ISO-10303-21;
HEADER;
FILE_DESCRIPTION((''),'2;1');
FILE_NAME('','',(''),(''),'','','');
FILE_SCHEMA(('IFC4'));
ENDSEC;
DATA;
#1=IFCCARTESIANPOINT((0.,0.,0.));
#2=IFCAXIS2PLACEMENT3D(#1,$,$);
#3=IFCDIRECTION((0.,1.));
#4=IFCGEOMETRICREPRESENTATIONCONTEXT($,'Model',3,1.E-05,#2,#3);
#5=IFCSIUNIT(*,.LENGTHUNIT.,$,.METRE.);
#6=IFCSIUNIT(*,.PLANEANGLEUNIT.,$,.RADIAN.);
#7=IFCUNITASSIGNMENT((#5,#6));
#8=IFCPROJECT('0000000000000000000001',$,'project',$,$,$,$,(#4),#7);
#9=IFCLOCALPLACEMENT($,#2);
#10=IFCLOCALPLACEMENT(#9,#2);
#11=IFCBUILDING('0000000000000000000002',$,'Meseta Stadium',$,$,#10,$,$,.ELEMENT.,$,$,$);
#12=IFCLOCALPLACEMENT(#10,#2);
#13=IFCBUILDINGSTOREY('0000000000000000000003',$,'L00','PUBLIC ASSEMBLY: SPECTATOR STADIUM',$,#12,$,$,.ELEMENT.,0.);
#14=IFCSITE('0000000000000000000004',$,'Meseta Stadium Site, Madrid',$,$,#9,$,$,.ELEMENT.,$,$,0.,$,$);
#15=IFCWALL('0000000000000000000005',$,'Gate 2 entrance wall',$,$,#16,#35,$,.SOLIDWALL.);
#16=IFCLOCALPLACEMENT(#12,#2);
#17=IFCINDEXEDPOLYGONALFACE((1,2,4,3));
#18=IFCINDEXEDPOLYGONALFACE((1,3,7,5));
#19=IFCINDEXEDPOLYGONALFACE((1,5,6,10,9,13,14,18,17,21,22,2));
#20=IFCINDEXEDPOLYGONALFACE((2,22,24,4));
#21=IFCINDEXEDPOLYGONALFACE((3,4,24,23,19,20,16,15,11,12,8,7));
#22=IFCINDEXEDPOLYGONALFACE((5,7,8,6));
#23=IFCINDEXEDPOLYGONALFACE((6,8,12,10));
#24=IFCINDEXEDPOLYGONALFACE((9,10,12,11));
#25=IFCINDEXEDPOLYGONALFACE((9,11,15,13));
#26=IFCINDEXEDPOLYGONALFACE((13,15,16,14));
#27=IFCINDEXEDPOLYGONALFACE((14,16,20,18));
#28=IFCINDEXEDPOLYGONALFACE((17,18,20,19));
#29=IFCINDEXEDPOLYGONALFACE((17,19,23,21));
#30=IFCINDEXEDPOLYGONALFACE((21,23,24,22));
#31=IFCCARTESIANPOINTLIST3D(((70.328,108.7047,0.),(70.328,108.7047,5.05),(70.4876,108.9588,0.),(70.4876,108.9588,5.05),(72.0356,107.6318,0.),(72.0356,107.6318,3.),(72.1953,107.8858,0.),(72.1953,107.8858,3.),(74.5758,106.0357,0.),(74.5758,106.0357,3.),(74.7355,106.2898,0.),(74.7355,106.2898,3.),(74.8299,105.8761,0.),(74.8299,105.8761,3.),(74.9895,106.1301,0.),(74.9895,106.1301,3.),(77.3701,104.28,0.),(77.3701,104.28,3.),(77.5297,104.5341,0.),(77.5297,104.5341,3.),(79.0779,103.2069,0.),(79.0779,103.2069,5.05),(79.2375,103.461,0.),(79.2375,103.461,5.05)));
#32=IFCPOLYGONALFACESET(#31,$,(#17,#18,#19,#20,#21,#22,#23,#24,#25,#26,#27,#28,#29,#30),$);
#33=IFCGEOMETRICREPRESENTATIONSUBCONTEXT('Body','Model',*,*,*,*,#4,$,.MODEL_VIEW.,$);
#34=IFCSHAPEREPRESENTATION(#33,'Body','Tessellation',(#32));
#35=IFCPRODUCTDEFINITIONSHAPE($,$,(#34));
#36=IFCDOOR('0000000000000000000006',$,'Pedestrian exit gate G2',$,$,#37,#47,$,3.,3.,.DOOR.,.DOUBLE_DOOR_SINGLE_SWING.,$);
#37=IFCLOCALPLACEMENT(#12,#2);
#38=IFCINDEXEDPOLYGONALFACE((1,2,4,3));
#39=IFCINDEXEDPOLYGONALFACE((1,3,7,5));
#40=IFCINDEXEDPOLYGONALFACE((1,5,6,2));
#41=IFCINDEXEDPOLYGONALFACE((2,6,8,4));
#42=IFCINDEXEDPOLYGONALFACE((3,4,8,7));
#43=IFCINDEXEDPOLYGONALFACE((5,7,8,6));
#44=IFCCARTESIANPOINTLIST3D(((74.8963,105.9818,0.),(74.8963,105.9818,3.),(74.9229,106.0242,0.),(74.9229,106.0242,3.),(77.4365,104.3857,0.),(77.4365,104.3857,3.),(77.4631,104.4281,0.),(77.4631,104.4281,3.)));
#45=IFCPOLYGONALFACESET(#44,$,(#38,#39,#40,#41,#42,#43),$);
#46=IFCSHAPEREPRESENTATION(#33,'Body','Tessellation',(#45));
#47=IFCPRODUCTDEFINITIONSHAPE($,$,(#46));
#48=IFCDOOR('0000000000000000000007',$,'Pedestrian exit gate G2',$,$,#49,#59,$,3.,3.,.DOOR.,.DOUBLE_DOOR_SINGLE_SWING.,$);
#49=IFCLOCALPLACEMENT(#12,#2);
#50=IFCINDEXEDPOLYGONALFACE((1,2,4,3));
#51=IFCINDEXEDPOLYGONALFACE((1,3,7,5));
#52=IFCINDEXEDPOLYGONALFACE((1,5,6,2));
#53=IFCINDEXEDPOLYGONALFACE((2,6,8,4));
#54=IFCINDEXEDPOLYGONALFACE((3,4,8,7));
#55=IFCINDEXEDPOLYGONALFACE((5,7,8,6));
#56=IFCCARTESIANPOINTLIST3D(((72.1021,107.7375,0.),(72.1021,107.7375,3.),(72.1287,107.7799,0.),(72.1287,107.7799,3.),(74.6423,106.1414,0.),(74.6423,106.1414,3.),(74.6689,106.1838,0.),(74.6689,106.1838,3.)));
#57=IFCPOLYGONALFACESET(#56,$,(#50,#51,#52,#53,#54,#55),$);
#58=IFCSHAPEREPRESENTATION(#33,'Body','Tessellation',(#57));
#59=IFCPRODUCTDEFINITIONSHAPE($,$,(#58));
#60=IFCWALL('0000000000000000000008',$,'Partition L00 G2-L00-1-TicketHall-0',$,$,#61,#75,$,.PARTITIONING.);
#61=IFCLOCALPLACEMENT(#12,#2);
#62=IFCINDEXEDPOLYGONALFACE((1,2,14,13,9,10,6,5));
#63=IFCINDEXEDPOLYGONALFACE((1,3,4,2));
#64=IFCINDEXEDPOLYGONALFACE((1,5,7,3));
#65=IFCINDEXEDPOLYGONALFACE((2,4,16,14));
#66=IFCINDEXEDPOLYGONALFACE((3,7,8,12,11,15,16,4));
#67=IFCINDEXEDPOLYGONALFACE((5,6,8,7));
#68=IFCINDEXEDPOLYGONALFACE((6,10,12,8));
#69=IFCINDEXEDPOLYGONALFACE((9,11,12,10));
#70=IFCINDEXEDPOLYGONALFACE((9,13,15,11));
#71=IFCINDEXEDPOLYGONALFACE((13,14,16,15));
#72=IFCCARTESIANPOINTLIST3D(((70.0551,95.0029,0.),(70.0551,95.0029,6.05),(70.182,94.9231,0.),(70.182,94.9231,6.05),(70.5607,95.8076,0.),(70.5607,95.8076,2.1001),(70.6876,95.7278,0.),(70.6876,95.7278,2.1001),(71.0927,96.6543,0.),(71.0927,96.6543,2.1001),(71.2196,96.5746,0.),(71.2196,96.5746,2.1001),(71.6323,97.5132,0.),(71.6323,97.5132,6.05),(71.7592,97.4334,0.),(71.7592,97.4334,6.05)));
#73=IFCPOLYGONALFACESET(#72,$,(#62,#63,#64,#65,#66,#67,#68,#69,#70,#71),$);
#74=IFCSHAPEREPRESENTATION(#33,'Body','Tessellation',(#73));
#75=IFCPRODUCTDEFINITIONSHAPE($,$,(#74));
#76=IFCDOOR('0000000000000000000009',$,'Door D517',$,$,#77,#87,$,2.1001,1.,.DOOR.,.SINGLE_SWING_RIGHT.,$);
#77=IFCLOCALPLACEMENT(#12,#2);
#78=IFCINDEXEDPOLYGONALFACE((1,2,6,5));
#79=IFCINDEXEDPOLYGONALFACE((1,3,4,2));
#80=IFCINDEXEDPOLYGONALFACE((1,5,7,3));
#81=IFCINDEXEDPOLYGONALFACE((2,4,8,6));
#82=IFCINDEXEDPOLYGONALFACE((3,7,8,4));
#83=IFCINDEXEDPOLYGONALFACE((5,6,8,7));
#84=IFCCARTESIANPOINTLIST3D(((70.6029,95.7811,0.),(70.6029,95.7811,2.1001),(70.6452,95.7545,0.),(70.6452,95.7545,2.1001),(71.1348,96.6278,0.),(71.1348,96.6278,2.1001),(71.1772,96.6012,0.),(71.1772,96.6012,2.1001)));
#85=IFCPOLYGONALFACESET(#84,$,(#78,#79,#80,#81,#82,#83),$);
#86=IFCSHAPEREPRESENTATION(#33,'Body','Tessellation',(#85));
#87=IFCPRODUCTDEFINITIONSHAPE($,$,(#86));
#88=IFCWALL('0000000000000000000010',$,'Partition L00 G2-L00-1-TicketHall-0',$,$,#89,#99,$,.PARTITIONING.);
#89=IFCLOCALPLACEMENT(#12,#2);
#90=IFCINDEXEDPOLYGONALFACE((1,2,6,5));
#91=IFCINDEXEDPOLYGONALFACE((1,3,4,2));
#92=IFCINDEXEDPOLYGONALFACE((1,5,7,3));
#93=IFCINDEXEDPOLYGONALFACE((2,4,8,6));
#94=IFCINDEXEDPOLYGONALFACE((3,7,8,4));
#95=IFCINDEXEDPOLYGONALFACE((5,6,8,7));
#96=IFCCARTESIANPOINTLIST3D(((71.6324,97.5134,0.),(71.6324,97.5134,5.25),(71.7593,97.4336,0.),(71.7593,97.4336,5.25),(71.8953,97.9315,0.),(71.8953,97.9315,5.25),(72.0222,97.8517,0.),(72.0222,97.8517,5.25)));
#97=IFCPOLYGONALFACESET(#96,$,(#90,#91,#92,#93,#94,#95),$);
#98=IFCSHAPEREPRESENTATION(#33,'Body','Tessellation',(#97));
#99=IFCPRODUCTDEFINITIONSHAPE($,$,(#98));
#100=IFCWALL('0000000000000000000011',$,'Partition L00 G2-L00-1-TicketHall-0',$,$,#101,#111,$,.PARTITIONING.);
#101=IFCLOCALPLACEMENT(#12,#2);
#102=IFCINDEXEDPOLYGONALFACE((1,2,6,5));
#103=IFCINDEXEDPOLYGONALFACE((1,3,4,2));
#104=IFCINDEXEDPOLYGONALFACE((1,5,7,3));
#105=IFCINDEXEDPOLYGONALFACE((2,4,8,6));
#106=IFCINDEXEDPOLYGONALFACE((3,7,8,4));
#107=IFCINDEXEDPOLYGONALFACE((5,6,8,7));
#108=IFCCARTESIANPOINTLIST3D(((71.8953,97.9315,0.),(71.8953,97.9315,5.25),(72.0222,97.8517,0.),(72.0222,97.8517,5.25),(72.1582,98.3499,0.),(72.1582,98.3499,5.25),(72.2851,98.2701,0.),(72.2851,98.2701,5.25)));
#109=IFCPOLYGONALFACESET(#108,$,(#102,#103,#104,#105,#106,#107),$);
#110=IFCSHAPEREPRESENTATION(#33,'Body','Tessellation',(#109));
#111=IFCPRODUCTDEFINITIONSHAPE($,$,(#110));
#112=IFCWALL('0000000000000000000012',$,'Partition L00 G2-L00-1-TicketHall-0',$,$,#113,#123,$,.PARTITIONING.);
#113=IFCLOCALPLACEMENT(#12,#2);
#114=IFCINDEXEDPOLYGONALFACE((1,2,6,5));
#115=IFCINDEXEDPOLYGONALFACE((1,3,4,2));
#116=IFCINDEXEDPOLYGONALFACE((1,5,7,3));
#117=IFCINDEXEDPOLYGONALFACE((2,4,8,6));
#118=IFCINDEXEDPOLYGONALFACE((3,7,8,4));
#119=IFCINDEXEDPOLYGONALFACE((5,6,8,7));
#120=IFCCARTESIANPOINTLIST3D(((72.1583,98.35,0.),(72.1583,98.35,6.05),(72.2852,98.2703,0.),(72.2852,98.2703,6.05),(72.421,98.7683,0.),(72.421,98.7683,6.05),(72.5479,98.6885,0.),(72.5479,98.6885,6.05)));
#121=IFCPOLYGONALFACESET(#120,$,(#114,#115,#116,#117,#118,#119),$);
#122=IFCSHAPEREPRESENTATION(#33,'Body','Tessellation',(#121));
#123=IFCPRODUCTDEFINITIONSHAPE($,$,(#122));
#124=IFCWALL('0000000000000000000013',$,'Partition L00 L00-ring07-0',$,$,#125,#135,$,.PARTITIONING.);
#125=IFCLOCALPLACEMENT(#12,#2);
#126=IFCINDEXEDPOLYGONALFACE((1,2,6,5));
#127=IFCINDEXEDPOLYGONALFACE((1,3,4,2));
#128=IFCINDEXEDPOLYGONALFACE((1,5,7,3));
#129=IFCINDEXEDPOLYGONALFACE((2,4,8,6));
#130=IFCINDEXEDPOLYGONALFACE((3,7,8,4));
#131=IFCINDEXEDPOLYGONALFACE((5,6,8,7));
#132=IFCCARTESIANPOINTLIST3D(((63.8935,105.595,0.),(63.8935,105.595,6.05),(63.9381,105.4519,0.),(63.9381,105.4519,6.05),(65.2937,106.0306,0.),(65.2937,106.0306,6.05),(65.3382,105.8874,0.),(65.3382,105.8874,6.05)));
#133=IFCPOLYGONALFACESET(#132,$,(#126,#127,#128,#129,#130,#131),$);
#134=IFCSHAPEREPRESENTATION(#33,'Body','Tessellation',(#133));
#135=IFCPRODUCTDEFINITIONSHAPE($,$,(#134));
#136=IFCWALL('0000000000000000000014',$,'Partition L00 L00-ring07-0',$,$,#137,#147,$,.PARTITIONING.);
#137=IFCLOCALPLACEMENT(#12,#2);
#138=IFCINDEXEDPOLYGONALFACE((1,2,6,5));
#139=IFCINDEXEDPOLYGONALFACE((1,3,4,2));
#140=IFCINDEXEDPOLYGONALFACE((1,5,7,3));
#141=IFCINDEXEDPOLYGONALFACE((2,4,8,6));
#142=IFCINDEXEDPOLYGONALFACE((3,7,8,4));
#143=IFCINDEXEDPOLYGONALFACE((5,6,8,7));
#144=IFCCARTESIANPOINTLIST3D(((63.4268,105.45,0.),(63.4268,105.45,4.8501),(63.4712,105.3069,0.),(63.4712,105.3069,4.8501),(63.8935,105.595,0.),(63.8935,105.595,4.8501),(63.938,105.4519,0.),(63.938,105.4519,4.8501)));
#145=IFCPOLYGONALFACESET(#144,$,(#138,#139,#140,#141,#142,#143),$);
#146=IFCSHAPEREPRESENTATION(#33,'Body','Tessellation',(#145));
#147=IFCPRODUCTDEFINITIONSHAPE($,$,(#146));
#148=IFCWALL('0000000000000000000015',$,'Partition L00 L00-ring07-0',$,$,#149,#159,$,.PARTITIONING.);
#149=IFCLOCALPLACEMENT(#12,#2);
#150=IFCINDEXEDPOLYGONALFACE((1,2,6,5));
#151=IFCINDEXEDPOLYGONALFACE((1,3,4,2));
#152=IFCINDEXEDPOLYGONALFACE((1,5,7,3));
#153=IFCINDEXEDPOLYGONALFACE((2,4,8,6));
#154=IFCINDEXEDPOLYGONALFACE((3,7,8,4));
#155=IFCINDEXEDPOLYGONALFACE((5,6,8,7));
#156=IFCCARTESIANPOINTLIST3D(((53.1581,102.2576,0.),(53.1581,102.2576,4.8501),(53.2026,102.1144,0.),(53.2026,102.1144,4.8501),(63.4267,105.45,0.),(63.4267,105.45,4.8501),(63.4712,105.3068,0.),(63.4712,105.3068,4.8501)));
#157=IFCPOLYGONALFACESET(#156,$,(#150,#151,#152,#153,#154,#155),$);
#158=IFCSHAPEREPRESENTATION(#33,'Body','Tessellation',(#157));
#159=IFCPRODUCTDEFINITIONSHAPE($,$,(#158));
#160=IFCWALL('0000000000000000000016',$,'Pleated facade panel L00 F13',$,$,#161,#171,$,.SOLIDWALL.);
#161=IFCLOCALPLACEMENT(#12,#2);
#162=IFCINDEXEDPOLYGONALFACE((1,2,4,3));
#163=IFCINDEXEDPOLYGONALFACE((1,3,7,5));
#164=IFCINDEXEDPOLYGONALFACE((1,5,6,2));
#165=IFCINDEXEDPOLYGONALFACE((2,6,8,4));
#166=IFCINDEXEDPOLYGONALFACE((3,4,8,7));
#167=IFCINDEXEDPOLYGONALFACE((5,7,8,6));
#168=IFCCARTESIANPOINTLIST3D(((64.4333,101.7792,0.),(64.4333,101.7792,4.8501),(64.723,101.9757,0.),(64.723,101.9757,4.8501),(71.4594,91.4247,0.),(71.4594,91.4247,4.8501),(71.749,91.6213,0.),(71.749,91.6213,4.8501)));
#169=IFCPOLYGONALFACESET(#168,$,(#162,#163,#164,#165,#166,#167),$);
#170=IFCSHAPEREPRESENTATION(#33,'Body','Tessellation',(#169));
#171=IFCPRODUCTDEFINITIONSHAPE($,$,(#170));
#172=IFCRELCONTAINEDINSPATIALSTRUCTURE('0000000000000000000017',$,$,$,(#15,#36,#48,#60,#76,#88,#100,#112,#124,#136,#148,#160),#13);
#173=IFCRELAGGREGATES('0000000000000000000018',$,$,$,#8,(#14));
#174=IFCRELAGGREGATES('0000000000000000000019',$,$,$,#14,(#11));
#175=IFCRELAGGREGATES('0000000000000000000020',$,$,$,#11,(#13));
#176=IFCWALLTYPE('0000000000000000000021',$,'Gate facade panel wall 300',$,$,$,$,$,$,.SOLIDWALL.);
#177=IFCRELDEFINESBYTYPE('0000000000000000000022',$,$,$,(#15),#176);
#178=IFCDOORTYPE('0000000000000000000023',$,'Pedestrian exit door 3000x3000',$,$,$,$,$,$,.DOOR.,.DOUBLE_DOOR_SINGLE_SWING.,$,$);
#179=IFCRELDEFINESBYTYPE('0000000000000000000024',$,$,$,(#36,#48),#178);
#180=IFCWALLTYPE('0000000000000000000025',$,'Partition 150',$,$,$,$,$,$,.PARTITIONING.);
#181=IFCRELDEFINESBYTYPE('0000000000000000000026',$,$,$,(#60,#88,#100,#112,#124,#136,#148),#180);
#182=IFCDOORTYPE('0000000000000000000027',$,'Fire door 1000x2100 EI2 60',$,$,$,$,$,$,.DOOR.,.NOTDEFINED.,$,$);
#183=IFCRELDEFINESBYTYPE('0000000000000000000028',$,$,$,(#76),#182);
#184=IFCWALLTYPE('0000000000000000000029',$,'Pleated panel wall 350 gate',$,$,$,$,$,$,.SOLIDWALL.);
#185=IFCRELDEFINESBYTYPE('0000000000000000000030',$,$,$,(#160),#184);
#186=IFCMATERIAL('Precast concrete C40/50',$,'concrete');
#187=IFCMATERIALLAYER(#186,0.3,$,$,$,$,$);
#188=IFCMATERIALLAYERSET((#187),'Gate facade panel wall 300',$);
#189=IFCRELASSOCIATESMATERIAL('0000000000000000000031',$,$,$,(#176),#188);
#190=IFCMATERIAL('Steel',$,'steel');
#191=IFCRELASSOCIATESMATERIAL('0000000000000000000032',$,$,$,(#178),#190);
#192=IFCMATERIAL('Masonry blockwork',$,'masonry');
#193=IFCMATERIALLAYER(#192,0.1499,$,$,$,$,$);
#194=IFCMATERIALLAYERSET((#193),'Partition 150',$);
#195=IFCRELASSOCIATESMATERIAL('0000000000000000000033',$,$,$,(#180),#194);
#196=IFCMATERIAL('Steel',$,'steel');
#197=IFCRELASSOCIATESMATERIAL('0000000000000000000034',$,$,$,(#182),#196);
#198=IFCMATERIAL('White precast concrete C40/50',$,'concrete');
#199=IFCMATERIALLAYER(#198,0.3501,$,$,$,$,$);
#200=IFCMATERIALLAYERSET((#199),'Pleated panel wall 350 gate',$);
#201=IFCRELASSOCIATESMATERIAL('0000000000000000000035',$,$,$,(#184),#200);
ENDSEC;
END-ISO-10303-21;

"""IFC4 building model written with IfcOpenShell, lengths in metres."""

from ifc_helpers import new_model, si_unit, direction, frame, frame_2d, origin, place, context, subcontext, project, spatial, rectangle, extrude, material, layer, layer_set, type_object, element, fill, save


model = new_model("IFC4")

# Units and contexts
model_context = context("Model", 3, precision=1e-05, world=origin(), true_north=direction((0.0, 1.0)))
body_context = subcontext(model_context, "Body", "Model", "MODEL_VIEW")
ifc_project = project(units=[si_unit("LENGTHUNIT", "METRE"), si_unit("PLANEANGLEUNIT", "RADIAN")], contexts=[model_context])

# Site, building, storey
site_placement = place(None, origin())
site = spatial("IfcSite", under=ifc_project, at=site_placement, Name="Meseta Stadium Site, Madrid", CompositionType="ELEMENT", RefElevation=0.0)
building_placement = place(site_placement, origin())
building = spatial("IfcBuilding", under=site, at=building_placement, Name="Meseta Stadium", CompositionType="ELEMENT")
storey_placement = place(building_placement, origin())
storey = spatial("IfcBuildingStorey", under=building, at=storey_placement, Name="L00", Description="PUBLIC ASSEMBLY: SPECTATOR STADIUM", CompositionType="ELEMENT", Elevation=0.0)

# Wall, openings, doors
ifc_material_1 = material(Name="Precast concrete C40/50", Category="concrete")
ifc_layer_1 = layer(ifc_material_1, 0.3)
ifc_layer_set_1 = layer_set([ifc_layer_1], Name="Gate facade panel wall 300")
wall_type_1 = type_object("IfcWallType", Name="Gate facade panel wall 300", PredefinedType="SOLIDWALL", material=ifc_layer_set_1)
wall_1_placement = place(storey_placement, frame((70.4077, 108.8318, 0.0), z_axis=(0.0, 0.0, 1.0), x_axis=(0.846732, -0.532019, 0.0)))
wall_1 = element("IfcWall", 1, at=wall_1_placement, inside=storey, type_object=wall_type_1, Name="Gate 2 entrance wall", PredefinedType="SOLIDWALL", context=body_context, shape_type="SweptSolid", body=[
    extrude(rectangle(XDim=10.3337, YDim=0.3, at=frame_2d((5.167, 0.0))), origin(), (0.0, 0.0, 1.0), 5.05),
])
opening_1_placement = place(wall_1_placement, frame((5.3169, 0.0, 0.0)))
opening_1 = element("IfcOpeningElement", 2, at=opening_1_placement, cuts=wall_1, PredefinedType="OPENING", context=body_context, shape_type="SweptSolid", body=[
    extrude(rectangle(XDim=3.0, YDim=3.0, at=frame_2d((1.5, 1.5))), frame((0.0, 0.1599, 0.0), z_axis=(0.0, -1.0, 0.0), x_axis=(1.0, 0.0, 0.0)), (0.0, 0.0, 1.0), 0.3201),
])
opening_2_placement = place(wall_1_placement, frame((2.0168, 0.0, 0.0)))
opening_2 = element("IfcOpeningElement", 3, at=opening_2_placement, cuts=wall_1, PredefinedType="OPENING", context=body_context, shape_type="SweptSolid", body=[
    extrude(rectangle(XDim=3.0, YDim=3.0, at=frame_2d((1.5, 1.5))), frame((0.0, 0.1599, 0.0), z_axis=(0.0, -1.0, 0.0), x_axis=(1.0, 0.0, 0.0)), (0.0, 0.0, 1.0), 0.3201),
])
ifc_material_2 = material(Name="Steel", Category="steel")
door_type_1 = type_object("IfcDoorType", Name="Pedestrian exit door 3000x3000", OperationType="DOUBLE_DOOR_SINGLE_SWING", PredefinedType="DOOR", material=ifc_material_2)
door_1_placement = place(opening_1_placement, origin())
door_1 = element("IfcDoor", 4, at=door_1_placement, inside=storey, type_object=door_type_1, Name="Pedestrian exit gate G2", OperationType="DOUBLE_DOOR_SINGLE_SWING", OverallHeight=3.0, OverallWidth=3.0, PredefinedType="DOOR", context=body_context, shape_type="SweptSolid", body=[
    extrude(rectangle(XDim=3.0, YDim=3.0, at=frame_2d((1.5, 1.5))), frame((0.0, 0.0249, 0.0), z_axis=(0.0, -1.0, 0.0), x_axis=(1.0, 0.0, 0.0)), (0.0, 0.0, 1.0), 0.05),
])
fill(opening_1, door_1)
door_2_placement = place(opening_2_placement, origin())
door_2 = element("IfcDoor", 5, at=door_2_placement, inside=storey, type_object=door_type_1, Name="Pedestrian exit gate G2", OperationType="DOUBLE_DOOR_SINGLE_SWING", OverallHeight=3.0, OverallWidth=3.0, PredefinedType="DOOR", context=body_context, shape_type="SweptSolid", body=[
    extrude(rectangle(XDim=3.0, YDim=3.0, at=frame_2d((1.5, 1.5))), frame((0.0, 0.0249, 0.0), z_axis=(0.0, -1.0, 0.0), x_axis=(1.0, 0.0, 0.0)), (0.0, 0.0, 1.0), 0.05),
])
fill(opening_2, door_2)

# Wall, opening, door
ifc_material_3 = material(Name="Masonry blockwork", Category="masonry")
ifc_layer_2 = layer(ifc_material_3, 0.1499)
ifc_layer_set_2 = layer_set([ifc_layer_2], Name="Partition 150")
wall_type_2 = type_object("IfcWallType", Name="Partition 150", PredefinedType="PARTITIONING", material=ifc_layer_set_2)
wall_2_placement = place(storey_placement, frame((71.6958, 97.4734, 0.0), z_axis=(0.0, 0.0, 1.0), x_axis=(-0.531996, -0.846747, 0.0)))
wall_2 = element("IfcWall", 6, at=wall_2_placement, inside=storey, type_object=wall_type_2, Name="Partition L00 G2-L00-1-TicketHall-0", PredefinedType="PARTITIONING", context=body_context, shape_type="SweptSolid", body=[
    extrude(rectangle(XDim=2.9646, YDim=0.1499, at=frame_2d((1.4824, 0.0))), origin(), (0.0, 0.0, 1.0), 6.05),
])
opening_3_placement = place(wall_2_placement, frame((1.0144, 0.0, 0.0)))
opening_3 = element("IfcOpeningElement", 7, at=opening_3_placement, cuts=wall_2, PredefinedType="OPENING", context=body_context, shape_type="SweptSolid", body=[
    extrude(rectangle(XDim=1.0, YDim=2.1001, at=frame_2d((0.5, 1.05))), frame((0.0, 0.085, 0.0), z_axis=(0.0, -1.0, 0.0), x_axis=(1.0, 0.0, 0.0)), (0.0, 0.0, 1.0), 0.1699),
])
ifc_material_4 = material(Name="Steel", Category="steel")
door_type_2 = type_object("IfcDoorType", Name="Fire door 1000x2100 EI2 60", OperationType="NOTDEFINED", PredefinedType="DOOR", material=ifc_material_4)
door_3_placement = place(opening_3_placement, origin())
door_3 = element("IfcDoor", 8, at=door_3_placement, inside=storey, type_object=door_type_2, Name="Door D517", OperationType="SINGLE_SWING_RIGHT", OverallHeight=2.1001, OverallWidth=1.0, PredefinedType="DOOR", context=body_context, shape_type="SweptSolid", body=[
    extrude(rectangle(XDim=1.0, YDim=2.1001, at=frame_2d((0.5, 1.05))), frame((0.0, 0.0249, 0.0), z_axis=(0.0, -1.0, 0.0), x_axis=(1.0, 0.0, 0.0)), (0.0, 0.0, 1.0), 0.05),
])
fill(opening_3, door_3)

# Walls
wall_3_placement = place(storey_placement, frame((71.6958, 97.4734, 0.0), z_axis=(0.0, 0.0, 1.0), x_axis=(0.532263, 0.846579, 0.0)))
element("IfcWall", 9, at=wall_3_placement, inside=storey, type_object=wall_type_2, Name="Partition L00 G2-L00-1-TicketHall-0", PredefinedType="PARTITIONING", context=body_context, shape_type="SweptSolid", body=[
    extrude(rectangle(XDim=0.4939, YDim=0.1499, at=frame_2d((0.2471, 0.0))), origin(), (0.0, 0.0, 1.0), 5.25),
])
wall_4_placement = place(storey_placement, frame((71.9587, 97.8916, 0.0), z_axis=(0.0, 0.0, 1.0), x_axis=(0.53204, 0.846719, 0.0)))
element("IfcWall", 10, at=wall_4_placement, inside=storey, type_object=wall_type_2, Name="Partition L00 G2-L00-1-TicketHall-0", PredefinedType="PARTITIONING", context=body_context, shape_type="SweptSolid", body=[
    extrude(rectangle(XDim=0.4941, YDim=0.1499, at=frame_2d((0.2471, 0.0))), origin(), (0.0, 0.0, 1.0), 5.25),
])
wall_5_placement = place(storey_placement, frame((72.2217, 98.3101, 0.0), z_axis=(0.0, 0.0, 1.0), x_axis=(0.531908, 0.846802, 0.0)))
element("IfcWall", 11, at=wall_5_placement, inside=storey, type_object=wall_type_2, Name="Partition L00 G2-L00-1-TicketHall-0", PredefinedType="PARTITIONING", context=body_context, shape_type="SweptSolid", body=[
    extrude(rectangle(XDim=0.4939, YDim=0.1499, at=frame_2d((0.2471, 0.0))), origin(), (0.0, 0.0, 1.0), 6.05),
])
wall_6_placement = place(storey_placement, frame((65.3159, 105.959, 0.0), z_axis=(0.0, 0.0, 1.0), x_axis=(-0.954867, -0.297033, 0.0)))
element("IfcWall", 12, at=wall_6_placement, inside=storey, type_object=wall_type_2, Name="Partition L00 L00-ring07-0", PredefinedType="PARTITIONING", context=body_context, shape_type="SweptSolid", body=[
    extrude(rectangle(XDim=1.4663, YDim=0.1499, at=frame_2d((0.7332, 0.0))), origin(), (0.0, 0.0, 1.0), 6.05),
])
wall_7_placement = place(storey_placement, frame((63.9158, 105.5234, 0.0), z_axis=(0.0, 0.0, 1.0), x_axis=(-0.954976, -0.296682, 0.0)))
element("IfcWall", 13, at=wall_7_placement, inside=storey, type_object=wall_type_2, Name="Partition L00 L00-ring07-0", PredefinedType="PARTITIONING", context=body_context, shape_type="SweptSolid", body=[
    extrude(rectangle(XDim=0.4888, YDim=0.1499, at=frame_2d((0.2444, 0.0))), origin(), (0.0, 0.0, 1.0), 4.8501),
])
wall_8_placement = place(storey_placement, frame((63.449, 105.3784, 0.0), z_axis=(0.0, 0.0, 1.0), x_axis=(-0.954917, -0.296873, 0.0)))
element("IfcWall", 14, at=wall_8_placement, inside=storey, type_object=wall_type_2, Name="Partition L00 L00-ring07-0", PredefinedType="PARTITIONING", context=body_context, shape_type="SweptSolid", body=[
    extrude(rectangle(XDim=10.7534, YDim=0.1499, at=frame_2d((5.3767, 0.0))), origin(), (0.0, 0.0, 1.0), 4.8501),
])
ifc_material_5 = material(Name="White precast concrete C40/50", Category="concrete")
ifc_layer_3 = layer(ifc_material_5, 0.3501)
ifc_layer_set_3 = layer_set([ifc_layer_3], Name="Pleated panel wall 350 gate")
wall_type_3 = type_object("IfcWallType", Name="Pleated panel wall 350 gate", PredefinedType="SOLIDWALL", material=ifc_layer_set_3)
wall_9_placement = place(storey_placement, frame((64.5781, 101.8774, 0.0), z_axis=(0.0, 0.0, 1.0), x_axis=(0.561494, -0.827481, 0.0)))
element("IfcWall", 15, at=wall_9_placement, inside=storey, type_object=wall_type_3, Name="Pleated facade panel L00 F13", PredefinedType="SOLIDWALL", context=body_context, shape_type="SweptSolid", body=[
    extrude(rectangle(XDim=12.5132, YDim=0.3501, at=frame_2d((6.2566, 0.0))), origin(), (0.0, 0.0, 1.0), 4.8501),
])

save(model, "model.ifc")
